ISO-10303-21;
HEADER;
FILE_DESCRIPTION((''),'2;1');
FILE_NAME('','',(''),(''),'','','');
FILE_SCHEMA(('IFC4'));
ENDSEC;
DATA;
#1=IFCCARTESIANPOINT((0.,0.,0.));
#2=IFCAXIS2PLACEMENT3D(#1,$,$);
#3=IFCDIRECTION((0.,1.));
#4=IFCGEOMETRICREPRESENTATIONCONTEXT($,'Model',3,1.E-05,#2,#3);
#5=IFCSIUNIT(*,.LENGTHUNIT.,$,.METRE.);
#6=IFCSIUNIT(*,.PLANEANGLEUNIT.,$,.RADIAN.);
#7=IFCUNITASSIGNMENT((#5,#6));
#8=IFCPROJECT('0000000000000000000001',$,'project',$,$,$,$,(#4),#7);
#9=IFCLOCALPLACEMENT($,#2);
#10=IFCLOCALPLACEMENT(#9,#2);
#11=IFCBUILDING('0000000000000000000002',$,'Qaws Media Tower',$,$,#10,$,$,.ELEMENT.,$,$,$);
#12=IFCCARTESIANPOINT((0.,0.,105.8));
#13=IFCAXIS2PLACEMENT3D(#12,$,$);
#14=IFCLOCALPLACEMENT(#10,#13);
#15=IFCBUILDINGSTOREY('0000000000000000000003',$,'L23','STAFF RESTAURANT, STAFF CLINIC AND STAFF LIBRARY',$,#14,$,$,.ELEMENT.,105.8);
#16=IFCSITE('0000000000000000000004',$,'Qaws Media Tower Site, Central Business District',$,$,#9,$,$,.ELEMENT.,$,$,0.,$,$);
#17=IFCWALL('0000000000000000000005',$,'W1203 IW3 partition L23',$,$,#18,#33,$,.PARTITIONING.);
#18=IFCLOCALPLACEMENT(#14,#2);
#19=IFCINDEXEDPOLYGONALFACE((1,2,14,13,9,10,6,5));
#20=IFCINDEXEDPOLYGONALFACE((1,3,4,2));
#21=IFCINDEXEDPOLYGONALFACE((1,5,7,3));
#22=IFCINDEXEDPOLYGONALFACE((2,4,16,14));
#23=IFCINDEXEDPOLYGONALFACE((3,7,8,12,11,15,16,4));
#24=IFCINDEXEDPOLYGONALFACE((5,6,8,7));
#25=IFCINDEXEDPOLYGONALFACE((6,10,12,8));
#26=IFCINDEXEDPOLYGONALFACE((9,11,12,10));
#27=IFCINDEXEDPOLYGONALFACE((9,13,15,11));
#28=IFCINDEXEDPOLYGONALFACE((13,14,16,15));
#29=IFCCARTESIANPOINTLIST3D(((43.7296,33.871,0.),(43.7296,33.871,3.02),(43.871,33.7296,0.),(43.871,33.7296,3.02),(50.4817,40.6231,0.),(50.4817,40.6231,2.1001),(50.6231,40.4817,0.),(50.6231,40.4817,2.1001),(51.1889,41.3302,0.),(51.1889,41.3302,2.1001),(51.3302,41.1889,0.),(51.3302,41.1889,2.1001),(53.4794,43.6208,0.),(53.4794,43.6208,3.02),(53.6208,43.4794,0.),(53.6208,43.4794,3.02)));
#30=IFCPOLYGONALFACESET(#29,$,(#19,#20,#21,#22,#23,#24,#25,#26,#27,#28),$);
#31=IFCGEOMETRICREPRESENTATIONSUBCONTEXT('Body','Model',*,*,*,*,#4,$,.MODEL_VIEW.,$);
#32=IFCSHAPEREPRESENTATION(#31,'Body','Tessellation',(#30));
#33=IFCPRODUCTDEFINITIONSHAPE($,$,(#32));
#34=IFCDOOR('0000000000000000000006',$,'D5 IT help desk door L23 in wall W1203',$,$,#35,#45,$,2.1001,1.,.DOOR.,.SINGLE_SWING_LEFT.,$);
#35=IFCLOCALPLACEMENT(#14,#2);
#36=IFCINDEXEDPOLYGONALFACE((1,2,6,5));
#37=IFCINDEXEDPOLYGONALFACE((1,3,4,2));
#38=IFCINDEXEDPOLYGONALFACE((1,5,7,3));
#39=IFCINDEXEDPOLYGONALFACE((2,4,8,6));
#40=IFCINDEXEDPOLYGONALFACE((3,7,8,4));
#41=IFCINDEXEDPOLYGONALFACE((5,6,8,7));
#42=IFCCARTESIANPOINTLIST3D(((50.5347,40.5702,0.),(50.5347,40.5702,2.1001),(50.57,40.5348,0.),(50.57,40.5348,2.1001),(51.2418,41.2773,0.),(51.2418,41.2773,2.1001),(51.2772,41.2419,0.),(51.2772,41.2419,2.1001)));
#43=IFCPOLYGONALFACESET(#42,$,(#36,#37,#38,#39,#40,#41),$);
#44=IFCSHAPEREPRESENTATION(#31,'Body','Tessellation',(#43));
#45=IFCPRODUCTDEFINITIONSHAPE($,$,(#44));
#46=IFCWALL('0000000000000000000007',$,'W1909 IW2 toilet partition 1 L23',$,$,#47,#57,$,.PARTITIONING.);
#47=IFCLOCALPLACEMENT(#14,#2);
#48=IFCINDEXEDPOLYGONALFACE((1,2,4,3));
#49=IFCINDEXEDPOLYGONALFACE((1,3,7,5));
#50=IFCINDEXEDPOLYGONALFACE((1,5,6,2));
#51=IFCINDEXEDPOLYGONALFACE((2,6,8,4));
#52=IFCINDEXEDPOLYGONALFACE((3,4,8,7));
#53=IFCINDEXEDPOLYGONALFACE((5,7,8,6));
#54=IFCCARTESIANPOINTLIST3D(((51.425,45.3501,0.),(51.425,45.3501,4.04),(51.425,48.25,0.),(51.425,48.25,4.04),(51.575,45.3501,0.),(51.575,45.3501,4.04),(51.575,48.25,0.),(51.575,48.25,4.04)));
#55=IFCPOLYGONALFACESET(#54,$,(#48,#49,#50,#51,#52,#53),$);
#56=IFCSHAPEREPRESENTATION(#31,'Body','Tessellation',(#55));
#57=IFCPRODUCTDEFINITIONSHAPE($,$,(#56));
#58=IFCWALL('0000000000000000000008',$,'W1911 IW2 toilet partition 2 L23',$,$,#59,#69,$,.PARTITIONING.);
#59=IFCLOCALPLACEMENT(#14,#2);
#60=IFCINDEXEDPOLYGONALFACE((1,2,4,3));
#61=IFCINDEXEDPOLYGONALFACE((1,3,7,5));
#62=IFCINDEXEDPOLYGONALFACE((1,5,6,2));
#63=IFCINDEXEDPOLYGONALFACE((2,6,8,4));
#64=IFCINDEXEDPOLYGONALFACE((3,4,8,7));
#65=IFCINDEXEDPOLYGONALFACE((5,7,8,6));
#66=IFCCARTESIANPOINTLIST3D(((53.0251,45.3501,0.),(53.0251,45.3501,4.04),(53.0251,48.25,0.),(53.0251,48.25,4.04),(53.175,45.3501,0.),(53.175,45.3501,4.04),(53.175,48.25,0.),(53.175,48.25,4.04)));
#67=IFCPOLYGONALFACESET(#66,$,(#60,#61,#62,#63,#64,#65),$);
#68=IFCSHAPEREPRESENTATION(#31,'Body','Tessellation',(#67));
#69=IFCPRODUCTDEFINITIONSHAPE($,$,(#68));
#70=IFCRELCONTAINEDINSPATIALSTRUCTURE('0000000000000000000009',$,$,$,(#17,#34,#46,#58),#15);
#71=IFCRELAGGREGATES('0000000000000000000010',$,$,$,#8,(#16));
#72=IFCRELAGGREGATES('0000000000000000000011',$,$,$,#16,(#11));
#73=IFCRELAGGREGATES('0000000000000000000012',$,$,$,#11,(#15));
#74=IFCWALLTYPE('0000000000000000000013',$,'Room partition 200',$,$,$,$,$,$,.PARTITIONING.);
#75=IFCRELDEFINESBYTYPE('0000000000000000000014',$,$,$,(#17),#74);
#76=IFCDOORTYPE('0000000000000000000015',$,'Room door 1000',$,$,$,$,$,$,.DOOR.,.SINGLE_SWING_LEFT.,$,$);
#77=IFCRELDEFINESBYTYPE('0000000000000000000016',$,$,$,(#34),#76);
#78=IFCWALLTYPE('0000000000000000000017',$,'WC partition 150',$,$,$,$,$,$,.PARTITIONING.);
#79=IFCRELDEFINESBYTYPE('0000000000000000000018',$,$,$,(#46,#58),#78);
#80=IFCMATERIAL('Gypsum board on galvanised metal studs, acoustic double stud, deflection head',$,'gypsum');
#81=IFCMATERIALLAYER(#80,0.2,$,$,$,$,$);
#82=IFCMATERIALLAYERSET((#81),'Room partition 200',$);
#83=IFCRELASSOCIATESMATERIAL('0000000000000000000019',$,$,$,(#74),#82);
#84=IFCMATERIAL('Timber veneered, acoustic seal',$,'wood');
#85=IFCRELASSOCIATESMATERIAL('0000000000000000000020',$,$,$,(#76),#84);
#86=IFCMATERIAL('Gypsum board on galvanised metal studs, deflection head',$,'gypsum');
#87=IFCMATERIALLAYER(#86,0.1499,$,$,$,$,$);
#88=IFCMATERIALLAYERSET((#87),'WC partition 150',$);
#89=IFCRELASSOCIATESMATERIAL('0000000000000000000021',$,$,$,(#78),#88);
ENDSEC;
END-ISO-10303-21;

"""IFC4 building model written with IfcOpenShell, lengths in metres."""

from ifc_helpers import new_model, si_unit, direction, frame, frame_2d, origin, place, context, subcontext, project, spatial, rectangle, extrude, material, layer, layer_set, type_object, element, fill, save


model = new_model("IFC4")

# Units and contexts
model_context = context("Model", 3, precision=1e-05, world=origin(), true_north=direction((0.0, 1.0)))
body_context = subcontext(model_context, "Body", "Model", "MODEL_VIEW")
ifc_project = project(units=[si_unit("LENGTHUNIT", "METRE"), si_unit("PLANEANGLEUNIT", "RADIAN")], contexts=[model_context])

# Site, building, storey
site_placement = place(None, origin())
site = spatial("IfcSite", under=ifc_project, at=site_placement, Name="Qaws Media Tower Site, Central Business District", CompositionType="ELEMENT", RefElevation=0.0)
building_placement = place(site_placement, origin())
building = spatial("IfcBuilding", under=site, at=building_placement, Name="Qaws Media Tower", CompositionType="ELEMENT")
storey_placement = place(building_placement, frame((0.0, 0.0, 105.8)))
storey = spatial("IfcBuildingStorey", under=building, at=storey_placement, Name="L23", Description="STAFF RESTAURANT, STAFF CLINIC AND STAFF LIBRARY", CompositionType="ELEMENT", Elevation=105.8)

# Wall, opening, door
ifc_material_1 = material(Name="Gypsum board on galvanised metal studs, acoustic double stud, deflection head", Category="gypsum")
ifc_layer_1 = layer(ifc_material_1, 0.2)
ifc_layer_set_1 = layer_set([ifc_layer_1], Name="Room partition 200")
wall_type_1 = type_object("IfcWallType", Name="Room partition 200", PredefinedType="PARTITIONING", material=ifc_layer_set_1)
wall_1_placement = place(storey_placement, frame((53.55, 43.55, 0.0), z_axis=(0.0, 0.0, 1.0), x_axis=(-0.707107, -0.707107, 0.0)))
wall_1 = element("IfcWall", 1, at=wall_1_placement, inside=storey, type_object=wall_type_1, Name="W1203 IW3 partition L23", PredefinedType="PARTITIONING", context=body_context, shape_type="SweptSolid", body=[
    extrude(rectangle(XDim=13.7883, YDim=0.2, at=frame_2d((6.894, 0.0))), origin(), (0.0, 0.0, 1.0), 3.02),
])
opening_1_placement = place(wall_1_placement, frame((3.2393, 0.0, 0.0)))
opening_1 = element("IfcOpeningElement", 2, at=opening_1_placement, cuts=wall_1, PredefinedType="OPENING", context=body_context, shape_type="SweptSolid", body=[
    extrude(rectangle(XDim=1.0, YDim=2.1001, at=frame_2d((0.5, 1.05))), frame((0.0, 0.1099, 0.0), z_axis=(0.0, -1.0, 0.0), x_axis=(1.0, 0.0, 0.0)), (0.0, 0.0, 1.0), 0.22),
])
ifc_material_2 = material(Name="Timber veneered, acoustic seal", Category="wood")
door_type_1 = type_object("IfcDoorType", Name="Room door 1000", OperationType="SINGLE_SWING_LEFT", PredefinedType="DOOR", material=ifc_material_2)
door_1_placement = place(opening_1_placement, origin())
door_1 = element("IfcDoor", 3, at=door_1_placement, inside=storey, type_object=door_type_1, Name="D5 IT help desk door L23 in wall W1203", OperationType="SINGLE_SWING_LEFT", OverallHeight=2.1001, OverallWidth=1.0, PredefinedType="DOOR", context=body_context, shape_type="SweptSolid", body=[
    extrude(rectangle(XDim=1.0, YDim=2.1001, at=frame_2d((0.5, 1.05))), frame((0.0, 0.0249, 0.0), z_axis=(0.0, -1.0, 0.0), x_axis=(1.0, 0.0, 0.0)), (0.0, 0.0, 1.0), 0.05),
])
fill(opening_1, door_1)

# Walls
ifc_material_3 = material(Name="Gypsum board on galvanised metal studs, deflection head", Category="gypsum")
ifc_layer_2 = layer(ifc_material_3, 0.1499)
ifc_layer_set_2 = layer_set([ifc_layer_2], Name="WC partition 150")
wall_type_2 = type_object("IfcWallType", Name="WC partition 150", PredefinedType="PARTITIONING", material=ifc_layer_set_2)
for number, where, z_axis, x_axis, name in (
    (4, (51.5, 45.3501, 0.0), (0.0, 0.0, 1.0), (0.0, 1.0, 0.0), "W1909 IW2 toilet partition 1 L23"),
    (5, (53.1001, 45.3501, 0.0), (0.0, 0.0, 1.0), (0.0, 1.0, 0.0), "W1911 IW2 toilet partition 2 L23"),
):
    element("IfcWall", number, at=place(storey_placement, frame(where, z_axis=z_axis, x_axis=x_axis)), inside=storey, type_object=wall_type_2, Name=name, PredefinedType="PARTITIONING", context=body_context, shape_type="SweptSolid", body=[
        extrude(rectangle(XDim=2.8999, YDim=0.1499, at=frame_2d((1.45, 0.0))), origin(), (0.0, 0.0, 1.0), 4.04),
    ])

save(model, "model.ifc")
